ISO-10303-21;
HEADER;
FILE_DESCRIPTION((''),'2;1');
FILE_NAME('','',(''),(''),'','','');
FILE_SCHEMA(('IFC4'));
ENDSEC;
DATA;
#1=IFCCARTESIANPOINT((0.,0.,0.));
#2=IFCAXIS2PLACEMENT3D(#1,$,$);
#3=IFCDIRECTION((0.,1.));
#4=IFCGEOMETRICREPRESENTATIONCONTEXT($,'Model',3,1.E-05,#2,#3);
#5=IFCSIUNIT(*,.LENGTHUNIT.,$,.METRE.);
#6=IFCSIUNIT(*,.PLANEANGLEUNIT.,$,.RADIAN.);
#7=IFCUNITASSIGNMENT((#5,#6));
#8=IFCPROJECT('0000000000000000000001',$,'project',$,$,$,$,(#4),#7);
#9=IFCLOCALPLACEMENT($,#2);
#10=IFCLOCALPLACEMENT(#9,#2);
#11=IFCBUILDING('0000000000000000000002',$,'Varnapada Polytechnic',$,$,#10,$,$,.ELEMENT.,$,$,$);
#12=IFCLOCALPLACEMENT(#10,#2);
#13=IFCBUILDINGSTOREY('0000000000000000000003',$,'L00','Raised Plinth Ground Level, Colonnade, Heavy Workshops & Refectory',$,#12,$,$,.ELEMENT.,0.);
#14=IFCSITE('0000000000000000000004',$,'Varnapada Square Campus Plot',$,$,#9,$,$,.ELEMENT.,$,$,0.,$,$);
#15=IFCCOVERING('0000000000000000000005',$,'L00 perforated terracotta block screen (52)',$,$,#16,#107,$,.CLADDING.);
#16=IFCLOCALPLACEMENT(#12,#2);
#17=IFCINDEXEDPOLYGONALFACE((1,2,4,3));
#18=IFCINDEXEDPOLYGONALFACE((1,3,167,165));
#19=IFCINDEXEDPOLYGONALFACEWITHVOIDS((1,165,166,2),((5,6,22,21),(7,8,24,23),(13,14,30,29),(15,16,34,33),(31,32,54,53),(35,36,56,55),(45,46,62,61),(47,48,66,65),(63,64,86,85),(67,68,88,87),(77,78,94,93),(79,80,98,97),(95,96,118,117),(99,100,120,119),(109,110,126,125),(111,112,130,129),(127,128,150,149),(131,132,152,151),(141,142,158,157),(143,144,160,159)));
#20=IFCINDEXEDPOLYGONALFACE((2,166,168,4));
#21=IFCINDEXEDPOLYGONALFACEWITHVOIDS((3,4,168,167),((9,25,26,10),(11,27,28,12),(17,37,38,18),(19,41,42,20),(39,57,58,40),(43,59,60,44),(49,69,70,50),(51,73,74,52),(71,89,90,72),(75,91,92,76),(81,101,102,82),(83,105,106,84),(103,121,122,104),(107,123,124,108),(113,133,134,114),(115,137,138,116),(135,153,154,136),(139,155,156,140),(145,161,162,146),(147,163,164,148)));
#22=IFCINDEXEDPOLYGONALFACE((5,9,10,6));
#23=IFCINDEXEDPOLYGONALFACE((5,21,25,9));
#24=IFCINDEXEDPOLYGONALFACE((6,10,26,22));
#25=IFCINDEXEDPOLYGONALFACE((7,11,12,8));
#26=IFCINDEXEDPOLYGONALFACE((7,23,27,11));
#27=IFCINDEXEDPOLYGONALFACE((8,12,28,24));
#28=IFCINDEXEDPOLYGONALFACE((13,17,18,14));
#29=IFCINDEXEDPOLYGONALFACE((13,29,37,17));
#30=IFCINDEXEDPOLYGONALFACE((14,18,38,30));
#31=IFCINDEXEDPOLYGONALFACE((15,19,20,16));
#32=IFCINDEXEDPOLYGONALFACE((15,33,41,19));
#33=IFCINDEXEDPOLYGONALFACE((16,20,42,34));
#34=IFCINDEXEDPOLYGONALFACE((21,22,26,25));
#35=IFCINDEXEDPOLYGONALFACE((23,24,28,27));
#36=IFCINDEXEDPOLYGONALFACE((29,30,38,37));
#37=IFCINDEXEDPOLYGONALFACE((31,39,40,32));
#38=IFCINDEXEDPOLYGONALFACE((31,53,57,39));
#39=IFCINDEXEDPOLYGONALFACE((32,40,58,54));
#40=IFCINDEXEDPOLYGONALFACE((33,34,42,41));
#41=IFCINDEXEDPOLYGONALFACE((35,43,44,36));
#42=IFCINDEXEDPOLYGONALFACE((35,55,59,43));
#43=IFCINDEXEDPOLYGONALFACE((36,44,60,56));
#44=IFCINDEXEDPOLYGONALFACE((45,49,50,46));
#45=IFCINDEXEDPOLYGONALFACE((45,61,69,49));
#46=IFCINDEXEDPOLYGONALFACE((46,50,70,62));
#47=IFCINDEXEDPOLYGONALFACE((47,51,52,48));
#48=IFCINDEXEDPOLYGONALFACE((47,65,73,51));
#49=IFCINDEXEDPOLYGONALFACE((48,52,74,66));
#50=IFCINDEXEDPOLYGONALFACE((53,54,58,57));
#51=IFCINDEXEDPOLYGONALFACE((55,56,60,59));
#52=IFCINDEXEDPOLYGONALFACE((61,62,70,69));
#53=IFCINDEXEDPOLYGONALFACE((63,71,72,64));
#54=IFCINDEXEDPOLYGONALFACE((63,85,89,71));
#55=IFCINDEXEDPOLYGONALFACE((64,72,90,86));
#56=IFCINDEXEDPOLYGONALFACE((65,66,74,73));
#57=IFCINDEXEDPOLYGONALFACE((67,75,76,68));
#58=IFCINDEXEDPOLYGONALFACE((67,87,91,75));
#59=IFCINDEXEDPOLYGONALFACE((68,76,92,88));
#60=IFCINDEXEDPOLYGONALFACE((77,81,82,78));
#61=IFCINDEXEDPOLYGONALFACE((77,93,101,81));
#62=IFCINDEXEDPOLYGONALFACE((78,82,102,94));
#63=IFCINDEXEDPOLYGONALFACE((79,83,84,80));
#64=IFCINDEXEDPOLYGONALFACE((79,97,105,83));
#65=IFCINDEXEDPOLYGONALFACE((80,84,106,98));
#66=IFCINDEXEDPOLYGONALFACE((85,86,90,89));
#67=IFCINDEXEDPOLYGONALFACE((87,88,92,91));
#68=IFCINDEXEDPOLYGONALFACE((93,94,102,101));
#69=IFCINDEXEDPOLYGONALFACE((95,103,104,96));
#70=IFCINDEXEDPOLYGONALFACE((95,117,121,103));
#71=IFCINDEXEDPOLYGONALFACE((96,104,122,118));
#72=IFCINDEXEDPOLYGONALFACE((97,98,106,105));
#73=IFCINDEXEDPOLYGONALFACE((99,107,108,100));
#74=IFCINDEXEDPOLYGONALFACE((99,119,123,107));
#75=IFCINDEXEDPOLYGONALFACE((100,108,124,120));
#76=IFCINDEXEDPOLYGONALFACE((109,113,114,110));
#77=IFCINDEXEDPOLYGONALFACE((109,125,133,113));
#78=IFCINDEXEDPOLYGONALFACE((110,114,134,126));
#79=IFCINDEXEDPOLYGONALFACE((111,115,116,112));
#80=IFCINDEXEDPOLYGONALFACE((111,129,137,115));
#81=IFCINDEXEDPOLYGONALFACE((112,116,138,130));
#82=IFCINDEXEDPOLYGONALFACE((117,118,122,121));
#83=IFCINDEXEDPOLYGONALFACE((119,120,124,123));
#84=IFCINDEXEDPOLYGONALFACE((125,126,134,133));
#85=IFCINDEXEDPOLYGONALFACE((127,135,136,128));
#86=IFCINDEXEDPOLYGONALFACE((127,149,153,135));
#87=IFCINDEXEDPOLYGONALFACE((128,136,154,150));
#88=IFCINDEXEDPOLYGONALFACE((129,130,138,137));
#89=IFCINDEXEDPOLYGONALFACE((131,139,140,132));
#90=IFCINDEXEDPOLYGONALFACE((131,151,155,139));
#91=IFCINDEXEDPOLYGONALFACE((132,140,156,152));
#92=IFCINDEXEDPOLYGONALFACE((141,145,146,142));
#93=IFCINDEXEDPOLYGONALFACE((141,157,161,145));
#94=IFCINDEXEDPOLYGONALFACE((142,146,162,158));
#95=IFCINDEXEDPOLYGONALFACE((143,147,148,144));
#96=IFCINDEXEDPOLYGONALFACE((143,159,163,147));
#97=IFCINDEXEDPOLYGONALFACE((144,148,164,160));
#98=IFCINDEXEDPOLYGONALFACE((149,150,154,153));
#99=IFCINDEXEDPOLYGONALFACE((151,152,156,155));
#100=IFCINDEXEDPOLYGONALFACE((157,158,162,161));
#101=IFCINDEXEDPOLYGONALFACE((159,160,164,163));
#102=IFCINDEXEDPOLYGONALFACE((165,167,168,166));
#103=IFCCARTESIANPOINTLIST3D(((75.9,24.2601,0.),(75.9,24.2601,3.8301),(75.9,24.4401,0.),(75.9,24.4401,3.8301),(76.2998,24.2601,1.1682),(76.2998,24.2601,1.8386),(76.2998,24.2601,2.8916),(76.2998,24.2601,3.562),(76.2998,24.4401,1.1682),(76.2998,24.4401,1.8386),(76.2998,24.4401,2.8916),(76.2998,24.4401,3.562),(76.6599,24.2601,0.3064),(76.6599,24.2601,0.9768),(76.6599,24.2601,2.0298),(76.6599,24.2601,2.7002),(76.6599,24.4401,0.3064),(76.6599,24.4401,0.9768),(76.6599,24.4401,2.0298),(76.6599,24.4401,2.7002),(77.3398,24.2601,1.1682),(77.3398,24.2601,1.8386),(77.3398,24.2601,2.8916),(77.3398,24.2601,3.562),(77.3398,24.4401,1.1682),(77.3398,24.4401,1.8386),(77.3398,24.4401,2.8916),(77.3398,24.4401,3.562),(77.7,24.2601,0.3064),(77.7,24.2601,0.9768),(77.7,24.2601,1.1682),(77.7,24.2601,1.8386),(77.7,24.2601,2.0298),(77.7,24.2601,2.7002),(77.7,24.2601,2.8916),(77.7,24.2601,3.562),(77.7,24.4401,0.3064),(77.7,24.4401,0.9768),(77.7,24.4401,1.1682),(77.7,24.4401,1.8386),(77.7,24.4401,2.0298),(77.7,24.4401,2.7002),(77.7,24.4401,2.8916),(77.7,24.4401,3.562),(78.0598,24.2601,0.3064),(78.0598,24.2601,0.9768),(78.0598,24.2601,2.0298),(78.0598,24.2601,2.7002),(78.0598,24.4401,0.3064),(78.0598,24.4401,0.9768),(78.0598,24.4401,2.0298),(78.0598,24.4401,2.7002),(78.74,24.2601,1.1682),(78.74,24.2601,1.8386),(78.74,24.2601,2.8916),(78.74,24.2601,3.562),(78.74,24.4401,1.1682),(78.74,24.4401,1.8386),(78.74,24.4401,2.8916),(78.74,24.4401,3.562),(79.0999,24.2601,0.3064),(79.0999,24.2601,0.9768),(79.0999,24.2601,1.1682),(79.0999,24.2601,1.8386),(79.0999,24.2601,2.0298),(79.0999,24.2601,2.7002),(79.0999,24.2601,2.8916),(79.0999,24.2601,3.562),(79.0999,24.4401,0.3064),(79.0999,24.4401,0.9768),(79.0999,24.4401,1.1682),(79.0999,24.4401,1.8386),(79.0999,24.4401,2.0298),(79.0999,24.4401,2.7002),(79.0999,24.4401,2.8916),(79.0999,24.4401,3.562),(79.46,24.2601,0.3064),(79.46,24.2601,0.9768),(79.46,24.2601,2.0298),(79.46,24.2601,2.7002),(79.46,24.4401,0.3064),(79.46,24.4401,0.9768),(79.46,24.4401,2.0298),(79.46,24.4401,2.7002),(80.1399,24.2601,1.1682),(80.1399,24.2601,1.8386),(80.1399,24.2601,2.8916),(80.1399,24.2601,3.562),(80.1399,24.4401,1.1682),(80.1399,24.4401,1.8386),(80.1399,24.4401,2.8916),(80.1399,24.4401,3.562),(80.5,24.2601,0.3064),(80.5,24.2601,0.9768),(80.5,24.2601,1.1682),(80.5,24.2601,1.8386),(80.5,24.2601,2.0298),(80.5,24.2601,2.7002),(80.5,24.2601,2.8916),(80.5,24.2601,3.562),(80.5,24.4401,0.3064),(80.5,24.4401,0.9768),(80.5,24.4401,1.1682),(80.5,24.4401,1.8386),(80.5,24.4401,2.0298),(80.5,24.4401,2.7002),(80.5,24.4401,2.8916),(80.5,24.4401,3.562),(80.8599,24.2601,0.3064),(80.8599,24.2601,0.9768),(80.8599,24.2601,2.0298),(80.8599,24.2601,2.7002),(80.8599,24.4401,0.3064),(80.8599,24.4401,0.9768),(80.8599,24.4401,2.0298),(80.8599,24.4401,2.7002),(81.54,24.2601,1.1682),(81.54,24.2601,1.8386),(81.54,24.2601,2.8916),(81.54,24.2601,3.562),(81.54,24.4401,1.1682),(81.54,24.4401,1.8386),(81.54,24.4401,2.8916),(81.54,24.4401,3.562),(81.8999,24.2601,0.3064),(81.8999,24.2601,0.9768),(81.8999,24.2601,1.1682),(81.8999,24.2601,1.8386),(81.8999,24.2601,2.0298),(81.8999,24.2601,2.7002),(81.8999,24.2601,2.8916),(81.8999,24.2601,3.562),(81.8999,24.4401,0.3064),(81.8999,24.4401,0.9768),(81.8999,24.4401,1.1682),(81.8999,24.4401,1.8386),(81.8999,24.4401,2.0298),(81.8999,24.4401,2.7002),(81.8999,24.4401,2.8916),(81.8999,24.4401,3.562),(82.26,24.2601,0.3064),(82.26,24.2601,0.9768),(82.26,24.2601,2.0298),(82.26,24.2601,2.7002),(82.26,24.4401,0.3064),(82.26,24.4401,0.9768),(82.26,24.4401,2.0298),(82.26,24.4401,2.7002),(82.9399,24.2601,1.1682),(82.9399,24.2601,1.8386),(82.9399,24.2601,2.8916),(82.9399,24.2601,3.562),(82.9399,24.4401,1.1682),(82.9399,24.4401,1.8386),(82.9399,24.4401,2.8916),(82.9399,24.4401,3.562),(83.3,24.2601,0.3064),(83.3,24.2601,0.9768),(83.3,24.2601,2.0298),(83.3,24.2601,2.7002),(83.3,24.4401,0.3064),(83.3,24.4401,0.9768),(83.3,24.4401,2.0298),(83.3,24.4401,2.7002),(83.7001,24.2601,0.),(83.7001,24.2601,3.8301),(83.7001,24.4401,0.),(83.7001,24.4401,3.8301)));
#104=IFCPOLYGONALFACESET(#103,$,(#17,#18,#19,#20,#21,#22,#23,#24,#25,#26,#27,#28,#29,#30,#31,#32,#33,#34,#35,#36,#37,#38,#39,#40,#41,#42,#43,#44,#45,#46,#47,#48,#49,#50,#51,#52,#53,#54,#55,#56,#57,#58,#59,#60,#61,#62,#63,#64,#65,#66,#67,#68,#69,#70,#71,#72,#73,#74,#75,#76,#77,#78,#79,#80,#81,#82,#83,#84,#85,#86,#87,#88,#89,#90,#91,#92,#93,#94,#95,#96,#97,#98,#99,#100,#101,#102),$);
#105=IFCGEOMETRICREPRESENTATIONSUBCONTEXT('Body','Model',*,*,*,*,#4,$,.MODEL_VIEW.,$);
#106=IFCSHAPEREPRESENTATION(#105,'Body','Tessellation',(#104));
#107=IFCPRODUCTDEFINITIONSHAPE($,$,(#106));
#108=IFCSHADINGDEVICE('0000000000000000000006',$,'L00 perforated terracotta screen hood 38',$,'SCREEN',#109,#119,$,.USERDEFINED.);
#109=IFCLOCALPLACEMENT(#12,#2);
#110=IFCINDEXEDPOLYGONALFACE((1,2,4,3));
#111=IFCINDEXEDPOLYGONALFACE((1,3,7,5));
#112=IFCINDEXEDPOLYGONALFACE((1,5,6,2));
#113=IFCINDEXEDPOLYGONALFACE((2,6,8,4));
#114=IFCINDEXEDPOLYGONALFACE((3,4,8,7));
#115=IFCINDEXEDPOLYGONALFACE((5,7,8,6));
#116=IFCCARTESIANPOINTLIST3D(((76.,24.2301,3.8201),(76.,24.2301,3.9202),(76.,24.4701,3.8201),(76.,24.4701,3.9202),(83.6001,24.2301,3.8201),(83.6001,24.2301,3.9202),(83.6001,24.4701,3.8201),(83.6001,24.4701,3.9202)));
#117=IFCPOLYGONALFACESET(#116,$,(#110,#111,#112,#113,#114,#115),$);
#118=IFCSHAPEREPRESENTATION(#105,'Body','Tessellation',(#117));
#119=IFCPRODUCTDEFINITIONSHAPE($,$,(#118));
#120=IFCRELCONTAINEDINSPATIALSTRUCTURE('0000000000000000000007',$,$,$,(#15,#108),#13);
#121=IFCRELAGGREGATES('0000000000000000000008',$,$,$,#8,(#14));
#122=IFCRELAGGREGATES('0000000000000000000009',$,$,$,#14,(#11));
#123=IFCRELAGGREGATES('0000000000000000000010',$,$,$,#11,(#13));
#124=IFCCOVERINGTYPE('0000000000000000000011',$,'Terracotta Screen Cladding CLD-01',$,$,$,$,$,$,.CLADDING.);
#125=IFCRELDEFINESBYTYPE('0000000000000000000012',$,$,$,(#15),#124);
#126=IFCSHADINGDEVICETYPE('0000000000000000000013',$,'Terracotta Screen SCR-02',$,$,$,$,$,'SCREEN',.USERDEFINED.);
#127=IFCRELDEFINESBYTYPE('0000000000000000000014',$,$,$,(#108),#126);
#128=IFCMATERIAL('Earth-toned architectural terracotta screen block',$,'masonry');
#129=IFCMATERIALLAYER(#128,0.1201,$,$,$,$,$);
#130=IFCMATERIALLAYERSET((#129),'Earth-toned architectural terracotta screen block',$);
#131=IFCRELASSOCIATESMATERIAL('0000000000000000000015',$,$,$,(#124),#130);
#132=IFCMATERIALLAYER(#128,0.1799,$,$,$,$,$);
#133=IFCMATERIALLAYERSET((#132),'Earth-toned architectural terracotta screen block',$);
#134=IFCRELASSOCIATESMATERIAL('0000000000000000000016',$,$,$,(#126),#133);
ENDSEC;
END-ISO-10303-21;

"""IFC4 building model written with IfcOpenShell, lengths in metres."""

from ifc_helpers import new_model, si_unit, direction, frame, frame_2d, origin, origin_2d, place, context, subcontext, project, spatial, rectangle, extrude, material, layer, layer_set, type_object, element, save


model = new_model("IFC4")

# Units and contexts
model_context = context("Model", 3, precision=1e-05, world=origin(), true_north=direction((0.0, 1.0)))
body_context = subcontext(model_context, "Body", "Model", "MODEL_VIEW")
ifc_project = project(units=[si_unit("LENGTHUNIT", "METRE"), si_unit("PLANEANGLEUNIT", "RADIAN")], contexts=[model_context])

# Site, building, storey
site_placement = place(None, origin())
site = spatial("IfcSite", under=ifc_project, at=site_placement, Name="Varnapada Square Campus Plot", CompositionType="ELEMENT", RefElevation=0.0)
building_placement = place(site_placement, origin())
building = spatial("IfcBuilding", under=site, at=building_placement, Name="Varnapada Polytechnic", CompositionType="ELEMENT")
storey_placement = place(building_placement, origin())
storey = spatial("IfcBuildingStorey", under=building, at=storey_placement, Name="L00", Description="Raised Plinth Ground Level, Colonnade, Heavy Workshops & Refectory", CompositionType="ELEMENT", Elevation=0.0)

# Covering, openings
ifc_material_1 = material(Name="Earth-toned architectural terracotta screen block", Category="masonry")
ifc_layer_1 = layer(ifc_material_1, 0.1201)
ifc_layer_set_1 = layer_set([ifc_layer_1], Name="Earth-toned architectural terracotta screen block")
covering_type = type_object("IfcCoveringType", Name="Terracotta Screen Cladding CLD-01", PredefinedType="CLADDING", material=ifc_layer_set_1)
covering_placement = place(storey_placement, frame((83.7, 24.3501, 0.0), z_axis=(0.0, 0.0, 1.0), x_axis=(-1.0, 0.0, 0.0)))
covering = element("IfcCovering", 1, at=covering_placement, inside=storey, type_object=covering_type, Name="L00 perforated terracotta block screen (52)", PredefinedType="CLADDING", context=body_context, shape_type="SweptSolid", body=[
    extrude(rectangle(XDim=7.8, YDim=0.1799, at=frame_2d((3.8999, 0.0))), origin(), (0.0, 0.0, 1.0), 3.8301),
])
opening_1_placement = place(covering_placement, frame((0.3999, 0.0, 0.3064)))
element("IfcOpeningElement", 2, at=opening_1_placement, cuts=covering, PredefinedType="OPENING", context=body_context, shape_type="SweptSolid", body=[
    extrude(rectangle(XDim=1.04, YDim=0.6704, at=frame_2d((0.52, 0.3352))), frame((0.0, 0.0999, 0.0), z_axis=(0.0, -1.0, 0.0), x_axis=(1.0, 0.0, 0.0)), (0.0, 0.0, 1.0), 0.2),
])
opening_2_placement = place(covering_placement, frame((1.8, 0.0, 0.3064)))
element("IfcOpeningElement", 3, at=opening_2_placement, cuts=covering, PredefinedType="OPENING", context=body_context, shape_type="SweptSolid", body=[
    extrude(rectangle(XDim=1.04, YDim=0.6704, at=frame_2d((0.52, 0.3352))), frame((0.0, 0.0999, 0.0), z_axis=(0.0, -1.0, 0.0), x_axis=(1.0, 0.0, 0.0)), (0.0, 0.0, 1.0), 0.2),
])
opening_3_placement = place(covering_placement, frame((3.2, 0.0, 0.3064)))
element("IfcOpeningElement", 4, at=opening_3_placement, cuts=covering, PredefinedType="OPENING", context=body_context, shape_type="SweptSolid", body=[
    extrude(rectangle(XDim=1.04, YDim=0.6704, at=frame_2d((0.52, 0.3352))), frame((0.0, 0.0999, 0.0), z_axis=(0.0, -1.0, 0.0), x_axis=(1.0, 0.0, 0.0)), (0.0, 0.0, 1.0), 0.2),
])
opening_4_placement = place(covering_placement, frame((4.6001, 0.0, 0.3064)))
element("IfcOpeningElement", 5, at=opening_4_placement, cuts=covering, PredefinedType="OPENING", context=body_context, shape_type="SweptSolid", body=[
    extrude(rectangle(XDim=1.04, YDim=0.6704, at=frame_2d((0.52, 0.3352))), frame((0.0, 0.0999, 0.0), z_axis=(0.0, -1.0, 0.0), x_axis=(1.0, 0.0, 0.0)), (0.0, 0.0, 1.0), 0.2),
])
opening_5_placement = place(covering_placement, frame((6.0, 0.0, 0.3064)))
element("IfcOpeningElement", 6, at=opening_5_placement, cuts=covering, PredefinedType="OPENING", context=body_context, shape_type="SweptSolid", body=[
    extrude(rectangle(XDim=1.04, YDim=0.6704, at=frame_2d((0.52, 0.3352))), frame((0.0, 0.0999, 0.0), z_axis=(0.0, -1.0, 0.0), x_axis=(1.0, 0.0, 0.0)), (0.0, 0.0, 1.0), 0.2),
])
opening_6_placement = place(covering_placement, frame((0.76, 0.0, 1.1682)))
element("IfcOpeningElement", 7, at=opening_6_placement, cuts=covering, PredefinedType="OPENING", context=body_context, shape_type="SweptSolid", body=[
    extrude(rectangle(XDim=1.04, YDim=0.6704, at=frame_2d((0.52, 0.3352))), frame((0.0, 0.0999, 0.0), z_axis=(0.0, -1.0, 0.0), x_axis=(1.0, 0.0, 0.0)), (0.0, 0.0, 1.0), 0.2),
])
opening_7_placement = place(covering_placement, frame((2.1599, 0.0, 1.1682)))
element("IfcOpeningElement", 8, at=opening_7_placement, cuts=covering, PredefinedType="OPENING", context=body_context, shape_type="SweptSolid", body=[
    extrude(rectangle(XDim=1.04, YDim=0.6704, at=frame_2d((0.52, 0.3352))), frame((0.0, 0.0999, 0.0), z_axis=(0.0, -1.0, 0.0), x_axis=(1.0, 0.0, 0.0)), (0.0, 0.0, 1.0), 0.2),
])
opening_8_placement = place(covering_placement, frame((3.5601, 0.0, 1.1682)))
element("IfcOpeningElement", 9, at=opening_8_placement, cuts=covering, PredefinedType="OPENING", context=body_context, shape_type="SweptSolid", body=[
    extrude(rectangle(XDim=1.04, YDim=0.6704, at=frame_2d((0.52, 0.3352))), frame((0.0, 0.0999, 0.0), z_axis=(0.0, -1.0, 0.0), x_axis=(1.0, 0.0, 0.0)), (0.0, 0.0, 1.0), 0.2),
])
opening_9_placement = place(covering_placement, frame((4.96, 0.0, 1.1682)))
element("IfcOpeningElement", 10, at=opening_9_placement, cuts=covering, PredefinedType="OPENING", context=body_context, shape_type="SweptSolid", body=[
    extrude(rectangle(XDim=1.04, YDim=0.6704, at=frame_2d((0.52, 0.3352))), frame((0.0, 0.0999, 0.0), z_axis=(0.0, -1.0, 0.0), x_axis=(1.0, 0.0, 0.0)), (0.0, 0.0, 1.0), 0.2),
])
opening_10_placement = place(covering_placement, frame((6.3601, 0.0, 1.1682)))
element("IfcOpeningElement", 11, at=opening_10_placement, cuts=covering, PredefinedType="OPENING", context=body_context, shape_type="SweptSolid", body=[
    extrude(rectangle(XDim=1.04, YDim=0.6704, at=frame_2d((0.52, 0.3352))), frame((0.0, 0.0999, 0.0), z_axis=(0.0, -1.0, 0.0), x_axis=(1.0, 0.0, 0.0)), (0.0, 0.0, 1.0), 0.2),
])
opening_11_placement = place(covering_placement, frame((0.3999, 0.0, 2.0298)))
element("IfcOpeningElement", 12, at=opening_11_placement, cuts=covering, PredefinedType="OPENING", context=body_context, shape_type="SweptSolid", body=[
    extrude(rectangle(XDim=1.04, YDim=0.6704, at=frame_2d((0.52, 0.3352))), frame((0.0, 0.0999, 0.0), z_axis=(0.0, -1.0, 0.0), x_axis=(1.0, 0.0, 0.0)), (0.0, 0.0, 1.0), 0.2),
])
opening_12_placement = place(covering_placement, frame((1.8, 0.0, 2.0298)))
element("IfcOpeningElement", 13, at=opening_12_placement, cuts=covering, PredefinedType="OPENING", context=body_context, shape_type="SweptSolid", body=[
    extrude(rectangle(XDim=1.04, YDim=0.6704, at=frame_2d((0.52, 0.3352))), frame((0.0, 0.0999, 0.0), z_axis=(0.0, -1.0, 0.0), x_axis=(1.0, 0.0, 0.0)), (0.0, 0.0, 1.0), 0.2),
])
opening_13_placement = place(covering_placement, frame((3.2, 0.0, 2.0298)))
element("IfcOpeningElement", 14, at=opening_13_placement, cuts=covering, PredefinedType="OPENING", context=body_context, shape_type="SweptSolid", body=[
    extrude(rectangle(XDim=1.04, YDim=0.6704, at=frame_2d((0.52, 0.3352))), frame((0.0, 0.0999, 0.0), z_axis=(0.0, -1.0, 0.0), x_axis=(1.0, 0.0, 0.0)), (0.0, 0.0, 1.0), 0.2),
])
opening_14_placement = place(covering_placement, frame((4.6001, 0.0, 2.0298)))
element("IfcOpeningElement", 15, at=opening_14_placement, cuts=covering, PredefinedType="OPENING", context=body_context, shape_type="SweptSolid", body=[
    extrude(rectangle(XDim=1.04, YDim=0.6704, at=frame_2d((0.52, 0.3352))), frame((0.0, 0.0999, 0.0), z_axis=(0.0, -1.0, 0.0), x_axis=(1.0, 0.0, 0.0)), (0.0, 0.0, 1.0), 0.2),
])
opening_15_placement = place(covering_placement, frame((6.0, 0.0, 2.0298)))
element("IfcOpeningElement", 16, at=opening_15_placement, cuts=covering, PredefinedType="OPENING", context=body_context, shape_type="SweptSolid", body=[
    extrude(rectangle(XDim=1.04, YDim=0.6704, at=frame_2d((0.52, 0.3352))), frame((0.0, 0.0999, 0.0), z_axis=(0.0, -1.0, 0.0), x_axis=(1.0, 0.0, 0.0)), (0.0, 0.0, 1.0), 0.2),
])
opening_16_placement = place(covering_placement, frame((0.76, 0.0, 2.8916)))
element("IfcOpeningElement", 17, at=opening_16_placement, cuts=covering, PredefinedType="OPENING", context=body_context, shape_type="SweptSolid", body=[
    extrude(rectangle(XDim=1.04, YDim=0.6704, at=frame_2d((0.52, 0.3352))), frame((0.0, 0.0999, 0.0), z_axis=(0.0, -1.0, 0.0), x_axis=(1.0, 0.0, 0.0)), (0.0, 0.0, 1.0), 0.2),
])
opening_17_placement = place(covering_placement, frame((2.1599, 0.0, 2.8916)))
element("IfcOpeningElement", 18, at=opening_17_placement, cuts=covering, PredefinedType="OPENING", context=body_context, shape_type="SweptSolid", body=[
    extrude(rectangle(XDim=1.04, YDim=0.6704, at=frame_2d((0.52, 0.3352))), frame((0.0, 0.0999, 0.0), z_axis=(0.0, -1.0, 0.0), x_axis=(1.0, 0.0, 0.0)), (0.0, 0.0, 1.0), 0.2),
])
opening_18_placement = place(covering_placement, frame((3.5601, 0.0, 2.8916)))
element("IfcOpeningElement", 19, at=opening_18_placement, cuts=covering, PredefinedType="OPENING", context=body_context, shape_type="SweptSolid", body=[
    extrude(rectangle(XDim=1.04, YDim=0.6704, at=frame_2d((0.52, 0.3352))), frame((0.0, 0.0999, 0.0), z_axis=(0.0, -1.0, 0.0), x_axis=(1.0, 0.0, 0.0)), (0.0, 0.0, 1.0), 0.2),
])
opening_19_placement = place(covering_placement, frame((4.96, 0.0, 2.8916)))
element("IfcOpeningElement", 20, at=opening_19_placement, cuts=covering, PredefinedType="OPENING", context=body_context, shape_type="SweptSolid", body=[
    extrude(rectangle(XDim=1.04, YDim=0.6704, at=frame_2d((0.52, 0.3352))), frame((0.0, 0.0999, 0.0), z_axis=(0.0, -1.0, 0.0), x_axis=(1.0, 0.0, 0.0)), (0.0, 0.0, 1.0), 0.2),
])
opening_20_placement = place(covering_placement, frame((6.3601, 0.0, 2.8916)))
element("IfcOpeningElement", 21, at=opening_20_placement, cuts=covering, PredefinedType="OPENING", context=body_context, shape_type="SweptSolid", body=[
    extrude(rectangle(XDim=1.04, YDim=0.6704, at=frame_2d((0.52, 0.3352))), frame((0.0, 0.0999, 0.0), z_axis=(0.0, -1.0, 0.0), x_axis=(1.0, 0.0, 0.0)), (0.0, 0.0, 1.0), 0.2),
])

# Shading device
ifc_layer_2 = layer(ifc_material_1, 0.1799)
ifc_layer_set_2 = layer_set([ifc_layer_2], Name="Earth-toned architectural terracotta screen block")
shading_device_type = type_object("IfcShadingDeviceType", Name="Terracotta Screen SCR-02", ElementType="SCREEN", PredefinedType="USERDEFINED", material=ifc_layer_set_2)
shading_device_placement = place(storey_placement, frame((79.8, 24.3501, 3.8201), z_axis=(0.0, 0.0, 1.0), x_axis=(-1.0, 0.0, 0.0)))
element("IfcShadingDevice", 22, at=shading_device_placement, inside=storey, type_object=shading_device_type, Name="L00 perforated terracotta screen hood 38", ObjectType="SCREEN", PredefinedType="USERDEFINED", context=body_context, shape_type="SweptSolid", body=[
    extrude(rectangle(XDim=7.6001, YDim=0.24, at=origin_2d()), origin(), (0.0, 0.0, 1.0), 0.1001),
])

save(model, "model.ifc")
